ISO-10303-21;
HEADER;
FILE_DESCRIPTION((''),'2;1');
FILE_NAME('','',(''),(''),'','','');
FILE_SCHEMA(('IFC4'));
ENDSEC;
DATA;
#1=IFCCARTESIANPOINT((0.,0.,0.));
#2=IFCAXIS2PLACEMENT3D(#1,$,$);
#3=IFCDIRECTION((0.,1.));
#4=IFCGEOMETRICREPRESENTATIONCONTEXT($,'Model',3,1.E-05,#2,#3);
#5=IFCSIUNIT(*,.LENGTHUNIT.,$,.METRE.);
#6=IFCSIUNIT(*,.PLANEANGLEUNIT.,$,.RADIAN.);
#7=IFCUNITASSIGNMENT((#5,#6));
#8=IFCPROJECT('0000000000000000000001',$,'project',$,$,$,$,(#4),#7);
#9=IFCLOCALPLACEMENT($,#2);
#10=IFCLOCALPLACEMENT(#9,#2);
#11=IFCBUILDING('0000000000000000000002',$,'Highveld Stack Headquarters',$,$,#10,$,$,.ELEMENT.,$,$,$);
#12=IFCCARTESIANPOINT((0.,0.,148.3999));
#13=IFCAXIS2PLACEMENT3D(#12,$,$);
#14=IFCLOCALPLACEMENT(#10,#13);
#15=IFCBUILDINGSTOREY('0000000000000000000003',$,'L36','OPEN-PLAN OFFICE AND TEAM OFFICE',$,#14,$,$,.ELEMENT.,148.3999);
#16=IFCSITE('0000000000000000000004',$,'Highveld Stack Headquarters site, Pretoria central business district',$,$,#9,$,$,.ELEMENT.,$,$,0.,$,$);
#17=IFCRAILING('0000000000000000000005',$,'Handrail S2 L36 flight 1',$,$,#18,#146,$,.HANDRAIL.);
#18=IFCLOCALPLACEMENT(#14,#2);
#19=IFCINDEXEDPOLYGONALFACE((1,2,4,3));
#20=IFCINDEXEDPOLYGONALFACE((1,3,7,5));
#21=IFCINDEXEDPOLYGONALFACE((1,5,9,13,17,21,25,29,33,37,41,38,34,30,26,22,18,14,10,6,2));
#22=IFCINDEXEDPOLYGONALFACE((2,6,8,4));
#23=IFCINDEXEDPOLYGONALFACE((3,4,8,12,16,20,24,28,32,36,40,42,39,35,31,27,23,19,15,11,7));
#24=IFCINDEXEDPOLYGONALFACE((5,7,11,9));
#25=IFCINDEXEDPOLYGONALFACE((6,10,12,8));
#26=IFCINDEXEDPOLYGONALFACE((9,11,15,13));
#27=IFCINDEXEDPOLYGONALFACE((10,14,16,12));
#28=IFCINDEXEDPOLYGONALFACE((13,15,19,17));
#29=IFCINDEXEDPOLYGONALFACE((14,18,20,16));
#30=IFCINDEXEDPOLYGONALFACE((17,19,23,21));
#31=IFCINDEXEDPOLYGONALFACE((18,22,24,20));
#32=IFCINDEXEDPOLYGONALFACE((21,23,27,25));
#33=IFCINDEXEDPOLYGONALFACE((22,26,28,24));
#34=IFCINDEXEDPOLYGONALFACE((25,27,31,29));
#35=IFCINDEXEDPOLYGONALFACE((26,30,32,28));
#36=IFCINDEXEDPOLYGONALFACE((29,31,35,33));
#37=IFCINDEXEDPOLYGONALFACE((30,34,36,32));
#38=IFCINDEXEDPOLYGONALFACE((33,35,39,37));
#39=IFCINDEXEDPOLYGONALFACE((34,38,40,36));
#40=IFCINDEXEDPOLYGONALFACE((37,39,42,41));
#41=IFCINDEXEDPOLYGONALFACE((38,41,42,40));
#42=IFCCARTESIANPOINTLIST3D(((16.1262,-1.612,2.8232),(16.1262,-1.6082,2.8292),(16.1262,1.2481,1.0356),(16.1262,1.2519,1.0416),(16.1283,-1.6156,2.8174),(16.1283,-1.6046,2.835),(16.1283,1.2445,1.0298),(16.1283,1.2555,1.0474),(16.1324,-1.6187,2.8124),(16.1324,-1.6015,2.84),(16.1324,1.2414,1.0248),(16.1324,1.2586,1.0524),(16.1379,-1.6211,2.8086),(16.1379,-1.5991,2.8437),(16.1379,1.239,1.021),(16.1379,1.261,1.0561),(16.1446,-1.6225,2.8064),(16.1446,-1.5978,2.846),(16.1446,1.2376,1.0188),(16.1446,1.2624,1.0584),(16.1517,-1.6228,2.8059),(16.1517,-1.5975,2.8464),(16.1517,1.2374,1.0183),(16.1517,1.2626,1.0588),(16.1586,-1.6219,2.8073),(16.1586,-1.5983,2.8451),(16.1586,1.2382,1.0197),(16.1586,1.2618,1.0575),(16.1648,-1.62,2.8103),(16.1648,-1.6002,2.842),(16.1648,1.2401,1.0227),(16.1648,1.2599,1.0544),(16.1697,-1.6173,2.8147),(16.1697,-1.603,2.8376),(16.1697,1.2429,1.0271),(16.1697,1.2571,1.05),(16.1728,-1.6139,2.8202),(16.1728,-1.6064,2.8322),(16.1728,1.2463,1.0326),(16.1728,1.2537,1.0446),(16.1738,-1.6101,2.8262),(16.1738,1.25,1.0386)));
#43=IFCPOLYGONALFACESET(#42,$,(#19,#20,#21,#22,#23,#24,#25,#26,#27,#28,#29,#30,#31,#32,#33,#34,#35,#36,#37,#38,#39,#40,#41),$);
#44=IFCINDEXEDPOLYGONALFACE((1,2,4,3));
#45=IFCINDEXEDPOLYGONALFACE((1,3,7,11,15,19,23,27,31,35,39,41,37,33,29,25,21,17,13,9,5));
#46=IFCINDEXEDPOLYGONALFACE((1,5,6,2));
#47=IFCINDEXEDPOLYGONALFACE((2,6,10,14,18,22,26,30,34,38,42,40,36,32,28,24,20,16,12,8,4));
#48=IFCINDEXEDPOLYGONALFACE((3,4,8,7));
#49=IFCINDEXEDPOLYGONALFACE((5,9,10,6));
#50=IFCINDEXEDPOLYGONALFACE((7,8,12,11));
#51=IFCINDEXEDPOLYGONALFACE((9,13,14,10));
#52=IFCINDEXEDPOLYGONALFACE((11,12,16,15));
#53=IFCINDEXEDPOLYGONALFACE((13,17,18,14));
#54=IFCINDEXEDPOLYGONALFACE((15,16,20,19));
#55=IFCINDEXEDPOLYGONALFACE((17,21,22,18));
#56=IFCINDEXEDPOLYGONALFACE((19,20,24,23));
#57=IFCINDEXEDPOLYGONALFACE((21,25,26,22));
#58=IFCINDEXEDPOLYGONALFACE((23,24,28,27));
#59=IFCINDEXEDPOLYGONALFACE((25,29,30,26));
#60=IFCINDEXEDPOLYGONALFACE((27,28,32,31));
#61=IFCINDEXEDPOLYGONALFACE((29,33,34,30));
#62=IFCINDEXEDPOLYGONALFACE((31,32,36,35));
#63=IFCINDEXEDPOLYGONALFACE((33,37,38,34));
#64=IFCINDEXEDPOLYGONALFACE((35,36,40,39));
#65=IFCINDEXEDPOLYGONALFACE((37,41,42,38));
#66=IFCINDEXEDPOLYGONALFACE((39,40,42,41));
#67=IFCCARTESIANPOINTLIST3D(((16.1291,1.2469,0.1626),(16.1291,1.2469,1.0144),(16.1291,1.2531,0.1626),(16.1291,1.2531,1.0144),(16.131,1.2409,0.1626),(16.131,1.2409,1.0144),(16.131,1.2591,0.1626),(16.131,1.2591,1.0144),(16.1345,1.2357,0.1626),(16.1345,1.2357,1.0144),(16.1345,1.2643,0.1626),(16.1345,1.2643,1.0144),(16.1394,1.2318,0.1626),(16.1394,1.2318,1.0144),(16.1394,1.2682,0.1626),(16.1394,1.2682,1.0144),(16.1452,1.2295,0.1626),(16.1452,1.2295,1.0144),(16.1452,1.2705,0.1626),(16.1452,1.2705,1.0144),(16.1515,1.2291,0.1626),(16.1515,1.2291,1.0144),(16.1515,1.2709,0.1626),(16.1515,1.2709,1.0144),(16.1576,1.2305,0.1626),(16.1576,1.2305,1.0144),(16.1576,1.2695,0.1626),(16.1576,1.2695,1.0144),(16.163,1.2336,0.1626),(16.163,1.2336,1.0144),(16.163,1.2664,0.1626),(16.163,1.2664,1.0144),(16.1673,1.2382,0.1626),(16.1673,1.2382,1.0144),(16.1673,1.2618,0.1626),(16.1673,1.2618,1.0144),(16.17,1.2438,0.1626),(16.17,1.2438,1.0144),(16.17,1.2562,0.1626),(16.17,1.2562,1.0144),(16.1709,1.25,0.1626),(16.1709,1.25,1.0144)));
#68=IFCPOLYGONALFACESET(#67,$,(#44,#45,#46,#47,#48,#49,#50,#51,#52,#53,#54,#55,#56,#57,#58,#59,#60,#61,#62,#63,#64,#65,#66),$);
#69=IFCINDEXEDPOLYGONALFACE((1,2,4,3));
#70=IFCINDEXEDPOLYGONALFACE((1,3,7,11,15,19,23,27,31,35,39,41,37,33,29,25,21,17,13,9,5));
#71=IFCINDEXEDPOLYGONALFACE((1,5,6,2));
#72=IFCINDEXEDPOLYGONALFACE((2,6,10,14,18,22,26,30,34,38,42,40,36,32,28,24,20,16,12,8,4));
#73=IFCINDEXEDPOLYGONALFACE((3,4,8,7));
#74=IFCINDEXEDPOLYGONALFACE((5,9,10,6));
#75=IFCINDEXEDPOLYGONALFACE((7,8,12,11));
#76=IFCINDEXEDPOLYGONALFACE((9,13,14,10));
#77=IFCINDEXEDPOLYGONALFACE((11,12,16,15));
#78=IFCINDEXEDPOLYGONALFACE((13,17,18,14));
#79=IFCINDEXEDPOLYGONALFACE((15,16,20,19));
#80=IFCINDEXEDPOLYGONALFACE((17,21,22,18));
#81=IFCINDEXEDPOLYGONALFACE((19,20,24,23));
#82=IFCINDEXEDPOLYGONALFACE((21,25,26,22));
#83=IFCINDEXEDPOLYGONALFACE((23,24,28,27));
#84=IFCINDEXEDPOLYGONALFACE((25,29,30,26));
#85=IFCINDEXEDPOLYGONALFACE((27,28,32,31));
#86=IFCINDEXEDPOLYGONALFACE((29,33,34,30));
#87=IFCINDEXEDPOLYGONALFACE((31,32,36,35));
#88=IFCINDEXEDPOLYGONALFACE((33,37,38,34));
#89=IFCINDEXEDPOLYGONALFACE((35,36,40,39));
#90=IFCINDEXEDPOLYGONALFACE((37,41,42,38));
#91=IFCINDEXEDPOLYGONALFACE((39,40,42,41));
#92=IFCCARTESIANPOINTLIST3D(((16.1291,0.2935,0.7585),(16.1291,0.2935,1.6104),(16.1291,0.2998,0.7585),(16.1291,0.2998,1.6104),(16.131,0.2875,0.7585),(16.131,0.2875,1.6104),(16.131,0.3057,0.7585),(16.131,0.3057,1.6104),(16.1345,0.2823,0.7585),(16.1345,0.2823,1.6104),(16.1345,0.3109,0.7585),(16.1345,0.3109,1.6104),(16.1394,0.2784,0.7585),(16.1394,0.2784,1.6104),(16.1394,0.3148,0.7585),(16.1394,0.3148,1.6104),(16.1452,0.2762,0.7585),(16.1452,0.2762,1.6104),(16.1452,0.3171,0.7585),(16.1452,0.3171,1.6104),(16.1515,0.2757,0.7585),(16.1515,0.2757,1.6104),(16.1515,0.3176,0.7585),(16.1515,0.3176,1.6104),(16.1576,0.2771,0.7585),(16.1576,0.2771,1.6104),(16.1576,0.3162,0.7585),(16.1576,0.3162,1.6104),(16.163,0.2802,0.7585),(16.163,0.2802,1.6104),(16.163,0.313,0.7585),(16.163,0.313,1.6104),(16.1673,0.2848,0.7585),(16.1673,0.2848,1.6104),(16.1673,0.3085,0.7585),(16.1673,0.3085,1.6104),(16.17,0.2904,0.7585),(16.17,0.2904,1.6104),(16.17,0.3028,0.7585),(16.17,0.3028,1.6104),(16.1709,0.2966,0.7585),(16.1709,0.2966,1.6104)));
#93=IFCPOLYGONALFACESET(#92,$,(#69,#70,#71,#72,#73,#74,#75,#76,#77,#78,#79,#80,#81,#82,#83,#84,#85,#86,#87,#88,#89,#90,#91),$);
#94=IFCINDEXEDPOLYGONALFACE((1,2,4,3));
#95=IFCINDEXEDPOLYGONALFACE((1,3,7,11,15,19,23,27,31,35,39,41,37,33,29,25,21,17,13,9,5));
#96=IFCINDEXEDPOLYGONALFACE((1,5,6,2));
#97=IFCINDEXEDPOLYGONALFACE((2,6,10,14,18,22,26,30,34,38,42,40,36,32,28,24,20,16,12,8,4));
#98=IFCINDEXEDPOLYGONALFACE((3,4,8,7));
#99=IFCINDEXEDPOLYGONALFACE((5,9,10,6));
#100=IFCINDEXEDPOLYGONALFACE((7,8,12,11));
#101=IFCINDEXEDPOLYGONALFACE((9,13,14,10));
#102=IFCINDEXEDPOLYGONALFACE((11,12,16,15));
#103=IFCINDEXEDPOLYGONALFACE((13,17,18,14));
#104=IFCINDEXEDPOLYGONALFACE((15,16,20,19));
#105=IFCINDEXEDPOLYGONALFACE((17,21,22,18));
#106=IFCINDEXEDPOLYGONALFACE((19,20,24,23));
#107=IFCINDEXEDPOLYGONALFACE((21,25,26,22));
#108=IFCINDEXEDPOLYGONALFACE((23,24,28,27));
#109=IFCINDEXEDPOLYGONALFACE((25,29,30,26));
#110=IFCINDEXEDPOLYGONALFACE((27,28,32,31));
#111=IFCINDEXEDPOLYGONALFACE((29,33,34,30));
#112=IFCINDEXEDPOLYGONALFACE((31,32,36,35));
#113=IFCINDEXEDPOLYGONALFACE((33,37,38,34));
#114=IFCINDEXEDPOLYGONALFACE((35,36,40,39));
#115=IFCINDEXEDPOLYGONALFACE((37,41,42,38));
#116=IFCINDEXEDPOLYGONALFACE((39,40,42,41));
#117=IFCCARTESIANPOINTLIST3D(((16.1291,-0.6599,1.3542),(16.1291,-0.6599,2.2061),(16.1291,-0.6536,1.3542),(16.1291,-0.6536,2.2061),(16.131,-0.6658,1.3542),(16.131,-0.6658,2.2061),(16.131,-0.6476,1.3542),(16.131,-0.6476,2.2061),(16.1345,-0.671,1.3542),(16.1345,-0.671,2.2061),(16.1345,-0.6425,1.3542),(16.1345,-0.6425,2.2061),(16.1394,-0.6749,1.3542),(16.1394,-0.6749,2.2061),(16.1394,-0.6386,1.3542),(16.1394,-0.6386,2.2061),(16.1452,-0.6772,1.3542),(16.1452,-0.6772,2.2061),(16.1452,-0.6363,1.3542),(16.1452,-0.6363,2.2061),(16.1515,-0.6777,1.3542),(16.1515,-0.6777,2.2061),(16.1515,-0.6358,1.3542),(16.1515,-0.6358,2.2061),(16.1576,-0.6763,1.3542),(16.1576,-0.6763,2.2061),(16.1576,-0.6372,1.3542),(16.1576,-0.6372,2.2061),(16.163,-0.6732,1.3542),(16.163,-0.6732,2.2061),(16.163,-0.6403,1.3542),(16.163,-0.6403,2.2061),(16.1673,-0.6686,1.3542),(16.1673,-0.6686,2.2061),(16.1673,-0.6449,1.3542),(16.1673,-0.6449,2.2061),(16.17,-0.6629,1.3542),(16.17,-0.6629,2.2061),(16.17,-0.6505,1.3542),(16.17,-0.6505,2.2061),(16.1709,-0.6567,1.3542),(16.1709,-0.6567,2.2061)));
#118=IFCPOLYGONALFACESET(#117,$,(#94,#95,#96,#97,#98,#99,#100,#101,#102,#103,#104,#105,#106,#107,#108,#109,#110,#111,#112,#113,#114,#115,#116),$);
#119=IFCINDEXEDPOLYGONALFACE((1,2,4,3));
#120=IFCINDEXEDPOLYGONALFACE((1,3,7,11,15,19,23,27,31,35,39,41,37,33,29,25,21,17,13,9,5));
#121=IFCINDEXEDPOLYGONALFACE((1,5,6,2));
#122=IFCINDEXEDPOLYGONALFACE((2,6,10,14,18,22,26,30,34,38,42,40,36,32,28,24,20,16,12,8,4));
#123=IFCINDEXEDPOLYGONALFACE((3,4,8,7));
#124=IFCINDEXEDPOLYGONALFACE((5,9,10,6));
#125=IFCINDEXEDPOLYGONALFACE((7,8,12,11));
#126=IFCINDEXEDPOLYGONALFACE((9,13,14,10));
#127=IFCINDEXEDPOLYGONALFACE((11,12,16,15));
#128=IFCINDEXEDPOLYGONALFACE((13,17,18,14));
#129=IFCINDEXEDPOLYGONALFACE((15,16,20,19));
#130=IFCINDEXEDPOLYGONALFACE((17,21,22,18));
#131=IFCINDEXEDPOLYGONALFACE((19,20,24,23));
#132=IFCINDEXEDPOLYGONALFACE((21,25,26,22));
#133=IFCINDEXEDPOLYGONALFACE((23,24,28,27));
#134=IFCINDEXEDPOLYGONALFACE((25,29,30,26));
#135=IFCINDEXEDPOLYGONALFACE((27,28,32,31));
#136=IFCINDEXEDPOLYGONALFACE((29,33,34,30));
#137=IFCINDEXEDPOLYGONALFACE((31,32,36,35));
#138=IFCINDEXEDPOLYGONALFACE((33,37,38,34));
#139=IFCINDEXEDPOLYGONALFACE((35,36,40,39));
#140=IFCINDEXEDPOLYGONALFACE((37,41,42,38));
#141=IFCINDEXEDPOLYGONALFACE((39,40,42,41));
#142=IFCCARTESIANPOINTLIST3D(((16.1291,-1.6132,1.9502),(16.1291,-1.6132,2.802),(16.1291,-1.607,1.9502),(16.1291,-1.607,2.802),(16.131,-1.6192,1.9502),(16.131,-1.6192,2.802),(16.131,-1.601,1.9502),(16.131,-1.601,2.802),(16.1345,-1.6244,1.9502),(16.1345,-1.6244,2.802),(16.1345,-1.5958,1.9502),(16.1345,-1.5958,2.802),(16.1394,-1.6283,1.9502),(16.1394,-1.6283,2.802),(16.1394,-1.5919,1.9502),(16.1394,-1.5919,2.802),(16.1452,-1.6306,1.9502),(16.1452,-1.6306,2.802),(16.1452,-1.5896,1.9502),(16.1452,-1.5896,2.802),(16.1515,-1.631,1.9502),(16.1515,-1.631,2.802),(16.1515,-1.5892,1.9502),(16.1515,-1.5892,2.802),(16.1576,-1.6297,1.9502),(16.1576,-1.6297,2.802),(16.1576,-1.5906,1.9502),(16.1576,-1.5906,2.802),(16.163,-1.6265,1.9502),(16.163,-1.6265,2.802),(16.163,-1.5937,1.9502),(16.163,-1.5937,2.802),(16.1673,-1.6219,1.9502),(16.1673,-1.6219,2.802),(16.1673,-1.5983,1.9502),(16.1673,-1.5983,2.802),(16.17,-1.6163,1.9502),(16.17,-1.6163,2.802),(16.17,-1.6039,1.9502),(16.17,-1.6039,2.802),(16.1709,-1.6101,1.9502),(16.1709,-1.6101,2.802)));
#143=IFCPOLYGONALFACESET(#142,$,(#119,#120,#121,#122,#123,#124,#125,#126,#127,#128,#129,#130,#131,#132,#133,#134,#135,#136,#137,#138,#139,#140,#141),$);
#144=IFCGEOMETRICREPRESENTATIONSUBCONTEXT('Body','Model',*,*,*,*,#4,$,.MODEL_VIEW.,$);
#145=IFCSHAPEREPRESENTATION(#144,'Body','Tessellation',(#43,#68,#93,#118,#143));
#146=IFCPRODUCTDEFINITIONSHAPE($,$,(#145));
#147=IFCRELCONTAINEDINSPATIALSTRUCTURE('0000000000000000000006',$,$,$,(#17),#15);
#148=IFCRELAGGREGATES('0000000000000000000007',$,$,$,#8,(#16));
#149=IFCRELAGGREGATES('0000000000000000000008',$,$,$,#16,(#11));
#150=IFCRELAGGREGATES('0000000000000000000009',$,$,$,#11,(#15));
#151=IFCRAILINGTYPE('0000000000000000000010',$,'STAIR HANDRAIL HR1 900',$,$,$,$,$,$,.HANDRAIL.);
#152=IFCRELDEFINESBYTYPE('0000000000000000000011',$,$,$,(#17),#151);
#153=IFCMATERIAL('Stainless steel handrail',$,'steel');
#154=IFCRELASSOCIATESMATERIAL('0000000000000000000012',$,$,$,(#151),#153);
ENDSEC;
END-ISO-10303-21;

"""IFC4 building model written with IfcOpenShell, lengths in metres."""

from ifc_helpers import new_model, si_unit, direction, frame, origin, origin_2d, place, context, subcontext, project, spatial, circle, extrude, material, type_object, element, save


model = new_model("IFC4")

# Units and contexts
model_context = context("Model", 3, precision=1e-05, world=origin(), true_north=direction((0.0, 1.0)))
body_context = subcontext(model_context, "Body", "Model", "MODEL_VIEW")
ifc_project = project(units=[si_unit("LENGTHUNIT", "METRE"), si_unit("PLANEANGLEUNIT", "RADIAN")], contexts=[model_context])

# Site, building, storey
site_placement = place(None, origin())
site = spatial("IfcSite", under=ifc_project, at=site_placement, Name="Highveld Stack Headquarters site, Pretoria central business district", CompositionType="ELEMENT", RefElevation=0.0)
building_placement = place(site_placement, origin())
building = spatial("IfcBuilding", under=site, at=building_placement, Name="Highveld Stack Headquarters", CompositionType="ELEMENT")
storey_placement = place(building_placement, frame((0.0, 0.0, 148.3999)))
storey = spatial("IfcBuildingStorey", under=building, at=storey_placement, Name="L36", Description="OPEN-PLAN OFFICE AND TEAM OFFICE", CompositionType="ELEMENT", Elevation=148.3999)

# Railing
ifc_material_1 = material(Name="Stainless steel handrail", Category="steel")
railing_type = type_object("IfcRailingType", Name="STAIR HANDRAIL HR1 900", PredefinedType="HANDRAIL", material=ifc_material_1)
for number, where, name in (
    (1, (16.1499, 1.25, 0.1626), "Handrail S2 L36 flight 1"),
):
    element("IfcRailing", number, at=place(storey_placement, frame(where)), inside=storey, type_object=railing_type, Name=name, PredefinedType="HANDRAIL", context=body_context, shape_type="SweptSolid", body=[
        extrude(circle(Radius=0.0239, at=origin_2d()), frame((0.0, 0.0, 0.876), z_axis=(0.0, -0.847994, 0.530005), x_axis=(1.0, 0.0, 0.0)), (0.0, 0.0, 1.0), 3.3728),
        extrude(circle(Radius=0.021, at=origin_2d()), origin(), (0.0, 0.0, 1.0), 0.8518),
        extrude(circle(Radius=0.021, at=origin_2d()), frame((0.0, -0.9534, 0.5959)), (0.0, 0.0, 1.0), 0.8518),
        extrude(circle(Radius=0.021, at=origin_2d()), frame((0.0, -1.9067, 1.1917)), (0.0, 0.0, 1.0), 0.8518),
        extrude(circle(Radius=0.021, at=origin_2d()), frame((0.0, -2.8601, 1.7876)), (0.0, 0.0, 1.0), 0.8518),
    ])

save(model, "model.ifc")
